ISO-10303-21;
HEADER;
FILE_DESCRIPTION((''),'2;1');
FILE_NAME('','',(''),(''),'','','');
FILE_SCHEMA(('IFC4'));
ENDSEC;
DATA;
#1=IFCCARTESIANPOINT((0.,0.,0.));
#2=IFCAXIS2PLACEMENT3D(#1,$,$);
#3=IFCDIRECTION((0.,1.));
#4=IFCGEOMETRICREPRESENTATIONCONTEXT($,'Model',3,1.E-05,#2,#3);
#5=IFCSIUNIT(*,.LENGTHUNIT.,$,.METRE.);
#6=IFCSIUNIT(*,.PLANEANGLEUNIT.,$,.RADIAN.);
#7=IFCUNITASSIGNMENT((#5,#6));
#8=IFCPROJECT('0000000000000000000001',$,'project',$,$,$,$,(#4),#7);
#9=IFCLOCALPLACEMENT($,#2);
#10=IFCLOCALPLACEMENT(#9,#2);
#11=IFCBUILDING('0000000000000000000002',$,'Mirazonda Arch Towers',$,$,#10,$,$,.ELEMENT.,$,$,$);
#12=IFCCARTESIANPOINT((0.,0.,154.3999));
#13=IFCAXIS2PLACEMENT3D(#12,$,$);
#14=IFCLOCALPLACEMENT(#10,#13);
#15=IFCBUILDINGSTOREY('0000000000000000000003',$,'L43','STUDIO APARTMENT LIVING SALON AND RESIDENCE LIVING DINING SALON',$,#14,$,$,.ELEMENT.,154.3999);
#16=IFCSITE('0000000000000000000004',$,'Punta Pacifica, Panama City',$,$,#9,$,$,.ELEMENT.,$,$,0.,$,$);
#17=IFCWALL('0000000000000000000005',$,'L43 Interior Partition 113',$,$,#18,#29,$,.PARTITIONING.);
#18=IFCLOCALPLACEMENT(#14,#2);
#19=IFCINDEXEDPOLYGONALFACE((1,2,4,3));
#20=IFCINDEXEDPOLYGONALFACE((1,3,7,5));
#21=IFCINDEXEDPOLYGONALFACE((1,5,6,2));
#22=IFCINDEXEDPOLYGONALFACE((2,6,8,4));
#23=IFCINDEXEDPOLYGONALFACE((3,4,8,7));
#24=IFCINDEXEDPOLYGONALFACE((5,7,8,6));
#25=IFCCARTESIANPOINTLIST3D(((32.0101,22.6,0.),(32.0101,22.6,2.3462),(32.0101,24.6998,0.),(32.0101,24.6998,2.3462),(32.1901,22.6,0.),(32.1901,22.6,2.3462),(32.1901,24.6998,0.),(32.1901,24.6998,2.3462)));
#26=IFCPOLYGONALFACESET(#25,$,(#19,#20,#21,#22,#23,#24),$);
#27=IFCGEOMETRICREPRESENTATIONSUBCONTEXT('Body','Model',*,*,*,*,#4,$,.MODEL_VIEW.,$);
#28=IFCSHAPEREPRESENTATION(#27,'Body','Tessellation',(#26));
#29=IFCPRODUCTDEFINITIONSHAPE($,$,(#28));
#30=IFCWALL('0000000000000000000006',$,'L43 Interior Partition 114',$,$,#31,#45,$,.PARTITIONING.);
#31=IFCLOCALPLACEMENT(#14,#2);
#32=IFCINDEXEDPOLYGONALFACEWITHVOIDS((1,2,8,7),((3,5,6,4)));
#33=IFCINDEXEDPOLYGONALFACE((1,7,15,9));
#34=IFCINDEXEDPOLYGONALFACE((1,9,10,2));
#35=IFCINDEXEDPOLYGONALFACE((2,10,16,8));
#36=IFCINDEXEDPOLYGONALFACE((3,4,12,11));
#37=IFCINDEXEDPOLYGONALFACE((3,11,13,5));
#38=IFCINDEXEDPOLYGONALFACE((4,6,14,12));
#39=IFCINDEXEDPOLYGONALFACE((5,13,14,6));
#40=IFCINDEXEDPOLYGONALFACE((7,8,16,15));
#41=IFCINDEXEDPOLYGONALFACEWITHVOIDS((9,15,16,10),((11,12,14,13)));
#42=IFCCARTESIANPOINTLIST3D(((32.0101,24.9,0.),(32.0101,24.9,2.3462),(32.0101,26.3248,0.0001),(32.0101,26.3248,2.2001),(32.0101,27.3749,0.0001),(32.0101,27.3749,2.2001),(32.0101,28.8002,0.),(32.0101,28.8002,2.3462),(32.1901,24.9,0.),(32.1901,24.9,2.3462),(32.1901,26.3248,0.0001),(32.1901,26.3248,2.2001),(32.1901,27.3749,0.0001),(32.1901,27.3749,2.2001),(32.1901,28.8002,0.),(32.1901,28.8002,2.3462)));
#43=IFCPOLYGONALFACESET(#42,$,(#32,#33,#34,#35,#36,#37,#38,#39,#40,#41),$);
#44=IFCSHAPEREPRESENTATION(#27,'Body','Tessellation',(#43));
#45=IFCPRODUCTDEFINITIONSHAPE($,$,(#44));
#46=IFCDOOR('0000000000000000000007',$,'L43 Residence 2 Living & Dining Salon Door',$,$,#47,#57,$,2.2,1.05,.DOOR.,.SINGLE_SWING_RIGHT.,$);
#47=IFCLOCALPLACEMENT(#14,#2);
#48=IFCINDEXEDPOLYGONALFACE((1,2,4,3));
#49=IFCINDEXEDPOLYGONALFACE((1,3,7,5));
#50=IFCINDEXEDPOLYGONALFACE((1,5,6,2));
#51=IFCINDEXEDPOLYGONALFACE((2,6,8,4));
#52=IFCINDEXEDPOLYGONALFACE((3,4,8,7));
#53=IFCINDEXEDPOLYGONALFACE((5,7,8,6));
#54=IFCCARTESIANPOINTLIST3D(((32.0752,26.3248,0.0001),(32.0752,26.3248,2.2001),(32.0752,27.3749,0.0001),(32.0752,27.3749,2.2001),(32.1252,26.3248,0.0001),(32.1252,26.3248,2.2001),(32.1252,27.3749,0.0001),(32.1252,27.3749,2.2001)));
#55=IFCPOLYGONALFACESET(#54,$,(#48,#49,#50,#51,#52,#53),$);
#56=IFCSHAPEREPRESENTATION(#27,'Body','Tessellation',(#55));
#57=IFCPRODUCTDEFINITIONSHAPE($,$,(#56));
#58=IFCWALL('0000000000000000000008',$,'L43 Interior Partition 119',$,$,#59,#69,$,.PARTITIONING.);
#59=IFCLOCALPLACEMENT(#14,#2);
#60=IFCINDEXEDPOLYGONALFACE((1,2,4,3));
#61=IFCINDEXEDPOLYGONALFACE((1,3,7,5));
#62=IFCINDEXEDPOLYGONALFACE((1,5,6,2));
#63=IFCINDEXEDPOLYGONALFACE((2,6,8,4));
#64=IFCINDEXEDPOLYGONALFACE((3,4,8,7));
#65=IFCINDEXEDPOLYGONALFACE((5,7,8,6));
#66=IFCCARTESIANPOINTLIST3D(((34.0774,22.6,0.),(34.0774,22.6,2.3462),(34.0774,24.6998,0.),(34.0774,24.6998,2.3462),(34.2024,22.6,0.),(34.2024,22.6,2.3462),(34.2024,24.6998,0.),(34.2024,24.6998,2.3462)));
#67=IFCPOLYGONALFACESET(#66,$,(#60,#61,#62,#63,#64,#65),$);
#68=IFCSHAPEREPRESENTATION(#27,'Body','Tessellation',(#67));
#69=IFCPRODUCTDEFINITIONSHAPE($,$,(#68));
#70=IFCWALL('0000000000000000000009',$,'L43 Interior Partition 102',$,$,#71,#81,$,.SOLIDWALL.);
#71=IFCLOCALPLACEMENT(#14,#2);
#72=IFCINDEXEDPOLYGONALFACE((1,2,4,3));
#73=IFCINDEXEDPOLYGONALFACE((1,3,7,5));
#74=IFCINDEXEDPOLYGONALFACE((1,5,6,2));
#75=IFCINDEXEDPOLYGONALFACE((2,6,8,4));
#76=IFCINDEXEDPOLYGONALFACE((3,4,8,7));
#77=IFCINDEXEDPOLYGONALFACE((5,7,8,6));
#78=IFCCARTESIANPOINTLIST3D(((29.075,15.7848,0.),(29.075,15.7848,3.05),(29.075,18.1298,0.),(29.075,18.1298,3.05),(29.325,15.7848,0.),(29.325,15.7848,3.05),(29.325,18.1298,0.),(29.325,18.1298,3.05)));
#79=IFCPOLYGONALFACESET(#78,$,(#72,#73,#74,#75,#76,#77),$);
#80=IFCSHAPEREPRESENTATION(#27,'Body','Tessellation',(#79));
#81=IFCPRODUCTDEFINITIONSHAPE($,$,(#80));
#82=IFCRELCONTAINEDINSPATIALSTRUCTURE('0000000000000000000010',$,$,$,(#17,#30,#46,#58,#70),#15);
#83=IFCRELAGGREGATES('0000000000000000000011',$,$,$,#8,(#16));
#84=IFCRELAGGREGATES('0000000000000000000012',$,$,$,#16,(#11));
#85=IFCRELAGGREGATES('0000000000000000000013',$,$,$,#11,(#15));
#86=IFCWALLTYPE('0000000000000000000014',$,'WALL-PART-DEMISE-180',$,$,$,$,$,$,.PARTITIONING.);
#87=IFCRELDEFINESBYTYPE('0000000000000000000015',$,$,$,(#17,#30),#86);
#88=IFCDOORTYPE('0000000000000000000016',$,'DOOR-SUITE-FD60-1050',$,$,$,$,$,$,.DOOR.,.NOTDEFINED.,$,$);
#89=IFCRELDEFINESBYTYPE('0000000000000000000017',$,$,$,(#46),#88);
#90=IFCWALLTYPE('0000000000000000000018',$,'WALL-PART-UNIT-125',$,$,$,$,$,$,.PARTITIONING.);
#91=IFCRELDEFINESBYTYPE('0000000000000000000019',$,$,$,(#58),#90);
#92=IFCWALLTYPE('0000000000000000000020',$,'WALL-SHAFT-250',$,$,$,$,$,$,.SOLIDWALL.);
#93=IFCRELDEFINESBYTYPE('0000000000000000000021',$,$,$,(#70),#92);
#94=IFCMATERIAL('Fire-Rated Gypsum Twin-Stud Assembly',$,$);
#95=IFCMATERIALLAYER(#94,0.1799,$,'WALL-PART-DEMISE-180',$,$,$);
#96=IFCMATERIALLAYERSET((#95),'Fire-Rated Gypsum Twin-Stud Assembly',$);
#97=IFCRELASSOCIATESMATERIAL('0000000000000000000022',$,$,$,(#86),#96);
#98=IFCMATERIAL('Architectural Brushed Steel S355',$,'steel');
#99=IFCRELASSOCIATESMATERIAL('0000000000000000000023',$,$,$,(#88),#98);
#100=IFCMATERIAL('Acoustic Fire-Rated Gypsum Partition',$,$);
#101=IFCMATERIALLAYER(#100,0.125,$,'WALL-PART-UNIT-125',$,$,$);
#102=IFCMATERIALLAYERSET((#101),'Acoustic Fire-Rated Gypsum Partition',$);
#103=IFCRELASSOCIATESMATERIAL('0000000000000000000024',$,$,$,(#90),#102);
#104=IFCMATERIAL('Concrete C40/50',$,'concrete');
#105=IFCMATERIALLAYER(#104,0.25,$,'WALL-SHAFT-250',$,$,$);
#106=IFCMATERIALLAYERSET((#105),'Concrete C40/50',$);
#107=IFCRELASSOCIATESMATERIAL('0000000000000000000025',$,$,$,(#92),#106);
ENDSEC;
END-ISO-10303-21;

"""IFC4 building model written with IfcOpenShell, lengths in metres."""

from ifc_helpers import new_model, si_unit, direction, frame, frame_2d, origin, place, context, subcontext, project, spatial, rectangle, extrude, material, layer, layer_set, type_object, element, fill, save


model = new_model("IFC4")

# Units and contexts
model_context = context("Model", 3, precision=1e-05, world=origin(), true_north=direction((0.0, 1.0)))
body_context = subcontext(model_context, "Body", "Model", "MODEL_VIEW")
ifc_project = project(units=[si_unit("LENGTHUNIT", "METRE"), si_unit("PLANEANGLEUNIT", "RADIAN")], contexts=[model_context])

# Site, building, storey
site_placement = place(None, origin())
site = spatial("IfcSite", under=ifc_project, at=site_placement, Name="Punta Pacifica, Panama City", CompositionType="ELEMENT", RefElevation=0.0)
building_placement = place(site_placement, origin())
building = spatial("IfcBuilding", under=site, at=building_placement, Name="Mirazonda Arch Towers", CompositionType="ELEMENT")
storey_placement = place(building_placement, frame((0.0, 0.0, 154.3999)))
storey = spatial("IfcBuildingStorey", under=building, at=storey_placement, Name="L43", Description="STUDIO APARTMENT LIVING SALON AND RESIDENCE LIVING DINING SALON", CompositionType="ELEMENT", Elevation=154.3999)

# Shared definitions
ifc_material_1 = material(Name="Fire-Rated Gypsum Twin-Stud Assembly")
ifc_layer_1 = layer(ifc_material_1, 0.1799, Name="WALL-PART-DEMISE-180")
ifc_layer_set_1 = layer_set([ifc_layer_1], Name="Fire-Rated Gypsum Twin-Stud Assembly")
wall_type_1 = type_object("IfcWallType", Name="WALL-PART-DEMISE-180", PredefinedType="PARTITIONING", material=ifc_layer_set_1)
ifc_material_2 = material(Name="Architectural Brushed Steel S355", Category="steel")

# Wall
wall_1_placement = place(storey_placement, frame((32.1001, 22.6001, 0.0), z_axis=(0.0, 0.0, 1.0), x_axis=(0.0, 1.0, 0.0)))
element("IfcWall", 1, at=wall_1_placement, inside=storey, type_object=wall_type_1, Name="L43 Interior Partition 113", PredefinedType="PARTITIONING", context=body_context, shape_type="SweptSolid", body=[
    extrude(rectangle(XDim=2.0999, YDim=0.1799, at=frame_2d((1.0498, 0.0))), origin(), (0.0, 0.0, 1.0), 2.3462),
])

# Wall, opening, door
wall_2_placement = place(storey_placement, frame((32.1001, 24.8999, 0.0), z_axis=(0.0, 0.0, 1.0), x_axis=(0.0, 1.0, 0.0)))
wall_2 = element("IfcWall", 2, at=wall_2_placement, inside=storey, type_object=wall_type_1, Name="L43 Interior Partition 114", PredefinedType="PARTITIONING", context=body_context, shape_type="SweptSolid", body=[
    extrude(rectangle(XDim=3.9001, YDim=0.1799, at=frame_2d((1.9502, 0.0))), origin(), (0.0, 0.0, 1.0), 2.3462),
])
opening_1_placement = place(wall_2_placement, frame((1.425, 0.0, 0.0)))
opening_1 = element("IfcOpeningElement", 3, at=opening_1_placement, cuts=wall_2, PredefinedType="OPENING", context=body_context, shape_type="SweptSolid", body=[
    extrude(rectangle(XDim=1.05, YDim=2.2, at=frame_2d((0.5249, 1.1001))), frame((0.0, 0.0999, 0.0), z_axis=(0.0, -1.0, 0.0), x_axis=(1.0, 0.0, 0.0)), (0.0, 0.0, 1.0), 0.2),
])
door_type_1 = type_object("IfcDoorType", Name="DOOR-SUITE-FD60-1050", OperationType="NOTDEFINED", PredefinedType="DOOR", material=ifc_material_2)
door_1_placement = place(opening_1_placement, origin())
door_1 = element("IfcDoor", 4, at=door_1_placement, inside=storey, type_object=door_type_1, Name="L43 Residence 2 Living & Dining Salon Door", OperationType="SINGLE_SWING_RIGHT", OverallHeight=2.2, OverallWidth=1.05, PredefinedType="DOOR", context=body_context, shape_type="SweptSolid", body=[
    extrude(rectangle(XDim=1.05, YDim=2.2, at=frame_2d((0.5249, 1.1001))), frame((0.0, 0.0249, 0.0), z_axis=(0.0, -1.0, 0.0), x_axis=(1.0, 0.0, 0.0)), (0.0, 0.0, 1.0), 0.05),
])
fill(opening_1, door_1)

# Walls
ifc_material_3 = material(Name="Acoustic Fire-Rated Gypsum Partition")
ifc_layer_2 = layer(ifc_material_3, 0.125, Name="WALL-PART-UNIT-125")
ifc_layer_set_2 = layer_set([ifc_layer_2], Name="Acoustic Fire-Rated Gypsum Partition")
wall_type_2 = type_object("IfcWallType", Name="WALL-PART-UNIT-125", PredefinedType="PARTITIONING", material=ifc_layer_set_2)
wall_3_placement = place(storey_placement, frame((34.1399, 22.6001, 0.0), z_axis=(0.0, 0.0, 1.0), x_axis=(0.0, 1.0, 0.0)))
element("IfcWall", 5, at=wall_3_placement, inside=storey, type_object=wall_type_2, Name="L43 Interior Partition 119", PredefinedType="PARTITIONING", context=body_context, shape_type="SweptSolid", body=[
    extrude(rectangle(XDim=2.0999, YDim=0.125, at=frame_2d((1.0498, 0.0))), origin(), (0.0, 0.0, 1.0), 2.3462),
])
ifc_material_4 = material(Name="Concrete C40/50", Category="concrete")
ifc_layer_3 = layer(ifc_material_4, 0.25, Name="WALL-SHAFT-250")
ifc_layer_set_3 = layer_set([ifc_layer_3], Name="Concrete C40/50")
wall_type_3 = type_object("IfcWallType", Name="WALL-SHAFT-250", PredefinedType="SOLIDWALL", material=ifc_layer_set_3)
wall_4_placement = place(storey_placement, frame((29.2, 15.7849, 0.0), z_axis=(0.0, 0.0, 1.0), x_axis=(0.0, 1.0, 0.0)))
element("IfcWall", 6, at=wall_4_placement, inside=storey, type_object=wall_type_3, Name="L43 Interior Partition 102", PredefinedType="SOLIDWALL", context=body_context, shape_type="SweptSolid", body=[
    extrude(rectangle(XDim=2.345, YDim=0.25, at=frame_2d((1.1724, 0.0))), origin(), (0.0, 0.0, 1.0), 3.05),
])

save(model, "model.ifc")
